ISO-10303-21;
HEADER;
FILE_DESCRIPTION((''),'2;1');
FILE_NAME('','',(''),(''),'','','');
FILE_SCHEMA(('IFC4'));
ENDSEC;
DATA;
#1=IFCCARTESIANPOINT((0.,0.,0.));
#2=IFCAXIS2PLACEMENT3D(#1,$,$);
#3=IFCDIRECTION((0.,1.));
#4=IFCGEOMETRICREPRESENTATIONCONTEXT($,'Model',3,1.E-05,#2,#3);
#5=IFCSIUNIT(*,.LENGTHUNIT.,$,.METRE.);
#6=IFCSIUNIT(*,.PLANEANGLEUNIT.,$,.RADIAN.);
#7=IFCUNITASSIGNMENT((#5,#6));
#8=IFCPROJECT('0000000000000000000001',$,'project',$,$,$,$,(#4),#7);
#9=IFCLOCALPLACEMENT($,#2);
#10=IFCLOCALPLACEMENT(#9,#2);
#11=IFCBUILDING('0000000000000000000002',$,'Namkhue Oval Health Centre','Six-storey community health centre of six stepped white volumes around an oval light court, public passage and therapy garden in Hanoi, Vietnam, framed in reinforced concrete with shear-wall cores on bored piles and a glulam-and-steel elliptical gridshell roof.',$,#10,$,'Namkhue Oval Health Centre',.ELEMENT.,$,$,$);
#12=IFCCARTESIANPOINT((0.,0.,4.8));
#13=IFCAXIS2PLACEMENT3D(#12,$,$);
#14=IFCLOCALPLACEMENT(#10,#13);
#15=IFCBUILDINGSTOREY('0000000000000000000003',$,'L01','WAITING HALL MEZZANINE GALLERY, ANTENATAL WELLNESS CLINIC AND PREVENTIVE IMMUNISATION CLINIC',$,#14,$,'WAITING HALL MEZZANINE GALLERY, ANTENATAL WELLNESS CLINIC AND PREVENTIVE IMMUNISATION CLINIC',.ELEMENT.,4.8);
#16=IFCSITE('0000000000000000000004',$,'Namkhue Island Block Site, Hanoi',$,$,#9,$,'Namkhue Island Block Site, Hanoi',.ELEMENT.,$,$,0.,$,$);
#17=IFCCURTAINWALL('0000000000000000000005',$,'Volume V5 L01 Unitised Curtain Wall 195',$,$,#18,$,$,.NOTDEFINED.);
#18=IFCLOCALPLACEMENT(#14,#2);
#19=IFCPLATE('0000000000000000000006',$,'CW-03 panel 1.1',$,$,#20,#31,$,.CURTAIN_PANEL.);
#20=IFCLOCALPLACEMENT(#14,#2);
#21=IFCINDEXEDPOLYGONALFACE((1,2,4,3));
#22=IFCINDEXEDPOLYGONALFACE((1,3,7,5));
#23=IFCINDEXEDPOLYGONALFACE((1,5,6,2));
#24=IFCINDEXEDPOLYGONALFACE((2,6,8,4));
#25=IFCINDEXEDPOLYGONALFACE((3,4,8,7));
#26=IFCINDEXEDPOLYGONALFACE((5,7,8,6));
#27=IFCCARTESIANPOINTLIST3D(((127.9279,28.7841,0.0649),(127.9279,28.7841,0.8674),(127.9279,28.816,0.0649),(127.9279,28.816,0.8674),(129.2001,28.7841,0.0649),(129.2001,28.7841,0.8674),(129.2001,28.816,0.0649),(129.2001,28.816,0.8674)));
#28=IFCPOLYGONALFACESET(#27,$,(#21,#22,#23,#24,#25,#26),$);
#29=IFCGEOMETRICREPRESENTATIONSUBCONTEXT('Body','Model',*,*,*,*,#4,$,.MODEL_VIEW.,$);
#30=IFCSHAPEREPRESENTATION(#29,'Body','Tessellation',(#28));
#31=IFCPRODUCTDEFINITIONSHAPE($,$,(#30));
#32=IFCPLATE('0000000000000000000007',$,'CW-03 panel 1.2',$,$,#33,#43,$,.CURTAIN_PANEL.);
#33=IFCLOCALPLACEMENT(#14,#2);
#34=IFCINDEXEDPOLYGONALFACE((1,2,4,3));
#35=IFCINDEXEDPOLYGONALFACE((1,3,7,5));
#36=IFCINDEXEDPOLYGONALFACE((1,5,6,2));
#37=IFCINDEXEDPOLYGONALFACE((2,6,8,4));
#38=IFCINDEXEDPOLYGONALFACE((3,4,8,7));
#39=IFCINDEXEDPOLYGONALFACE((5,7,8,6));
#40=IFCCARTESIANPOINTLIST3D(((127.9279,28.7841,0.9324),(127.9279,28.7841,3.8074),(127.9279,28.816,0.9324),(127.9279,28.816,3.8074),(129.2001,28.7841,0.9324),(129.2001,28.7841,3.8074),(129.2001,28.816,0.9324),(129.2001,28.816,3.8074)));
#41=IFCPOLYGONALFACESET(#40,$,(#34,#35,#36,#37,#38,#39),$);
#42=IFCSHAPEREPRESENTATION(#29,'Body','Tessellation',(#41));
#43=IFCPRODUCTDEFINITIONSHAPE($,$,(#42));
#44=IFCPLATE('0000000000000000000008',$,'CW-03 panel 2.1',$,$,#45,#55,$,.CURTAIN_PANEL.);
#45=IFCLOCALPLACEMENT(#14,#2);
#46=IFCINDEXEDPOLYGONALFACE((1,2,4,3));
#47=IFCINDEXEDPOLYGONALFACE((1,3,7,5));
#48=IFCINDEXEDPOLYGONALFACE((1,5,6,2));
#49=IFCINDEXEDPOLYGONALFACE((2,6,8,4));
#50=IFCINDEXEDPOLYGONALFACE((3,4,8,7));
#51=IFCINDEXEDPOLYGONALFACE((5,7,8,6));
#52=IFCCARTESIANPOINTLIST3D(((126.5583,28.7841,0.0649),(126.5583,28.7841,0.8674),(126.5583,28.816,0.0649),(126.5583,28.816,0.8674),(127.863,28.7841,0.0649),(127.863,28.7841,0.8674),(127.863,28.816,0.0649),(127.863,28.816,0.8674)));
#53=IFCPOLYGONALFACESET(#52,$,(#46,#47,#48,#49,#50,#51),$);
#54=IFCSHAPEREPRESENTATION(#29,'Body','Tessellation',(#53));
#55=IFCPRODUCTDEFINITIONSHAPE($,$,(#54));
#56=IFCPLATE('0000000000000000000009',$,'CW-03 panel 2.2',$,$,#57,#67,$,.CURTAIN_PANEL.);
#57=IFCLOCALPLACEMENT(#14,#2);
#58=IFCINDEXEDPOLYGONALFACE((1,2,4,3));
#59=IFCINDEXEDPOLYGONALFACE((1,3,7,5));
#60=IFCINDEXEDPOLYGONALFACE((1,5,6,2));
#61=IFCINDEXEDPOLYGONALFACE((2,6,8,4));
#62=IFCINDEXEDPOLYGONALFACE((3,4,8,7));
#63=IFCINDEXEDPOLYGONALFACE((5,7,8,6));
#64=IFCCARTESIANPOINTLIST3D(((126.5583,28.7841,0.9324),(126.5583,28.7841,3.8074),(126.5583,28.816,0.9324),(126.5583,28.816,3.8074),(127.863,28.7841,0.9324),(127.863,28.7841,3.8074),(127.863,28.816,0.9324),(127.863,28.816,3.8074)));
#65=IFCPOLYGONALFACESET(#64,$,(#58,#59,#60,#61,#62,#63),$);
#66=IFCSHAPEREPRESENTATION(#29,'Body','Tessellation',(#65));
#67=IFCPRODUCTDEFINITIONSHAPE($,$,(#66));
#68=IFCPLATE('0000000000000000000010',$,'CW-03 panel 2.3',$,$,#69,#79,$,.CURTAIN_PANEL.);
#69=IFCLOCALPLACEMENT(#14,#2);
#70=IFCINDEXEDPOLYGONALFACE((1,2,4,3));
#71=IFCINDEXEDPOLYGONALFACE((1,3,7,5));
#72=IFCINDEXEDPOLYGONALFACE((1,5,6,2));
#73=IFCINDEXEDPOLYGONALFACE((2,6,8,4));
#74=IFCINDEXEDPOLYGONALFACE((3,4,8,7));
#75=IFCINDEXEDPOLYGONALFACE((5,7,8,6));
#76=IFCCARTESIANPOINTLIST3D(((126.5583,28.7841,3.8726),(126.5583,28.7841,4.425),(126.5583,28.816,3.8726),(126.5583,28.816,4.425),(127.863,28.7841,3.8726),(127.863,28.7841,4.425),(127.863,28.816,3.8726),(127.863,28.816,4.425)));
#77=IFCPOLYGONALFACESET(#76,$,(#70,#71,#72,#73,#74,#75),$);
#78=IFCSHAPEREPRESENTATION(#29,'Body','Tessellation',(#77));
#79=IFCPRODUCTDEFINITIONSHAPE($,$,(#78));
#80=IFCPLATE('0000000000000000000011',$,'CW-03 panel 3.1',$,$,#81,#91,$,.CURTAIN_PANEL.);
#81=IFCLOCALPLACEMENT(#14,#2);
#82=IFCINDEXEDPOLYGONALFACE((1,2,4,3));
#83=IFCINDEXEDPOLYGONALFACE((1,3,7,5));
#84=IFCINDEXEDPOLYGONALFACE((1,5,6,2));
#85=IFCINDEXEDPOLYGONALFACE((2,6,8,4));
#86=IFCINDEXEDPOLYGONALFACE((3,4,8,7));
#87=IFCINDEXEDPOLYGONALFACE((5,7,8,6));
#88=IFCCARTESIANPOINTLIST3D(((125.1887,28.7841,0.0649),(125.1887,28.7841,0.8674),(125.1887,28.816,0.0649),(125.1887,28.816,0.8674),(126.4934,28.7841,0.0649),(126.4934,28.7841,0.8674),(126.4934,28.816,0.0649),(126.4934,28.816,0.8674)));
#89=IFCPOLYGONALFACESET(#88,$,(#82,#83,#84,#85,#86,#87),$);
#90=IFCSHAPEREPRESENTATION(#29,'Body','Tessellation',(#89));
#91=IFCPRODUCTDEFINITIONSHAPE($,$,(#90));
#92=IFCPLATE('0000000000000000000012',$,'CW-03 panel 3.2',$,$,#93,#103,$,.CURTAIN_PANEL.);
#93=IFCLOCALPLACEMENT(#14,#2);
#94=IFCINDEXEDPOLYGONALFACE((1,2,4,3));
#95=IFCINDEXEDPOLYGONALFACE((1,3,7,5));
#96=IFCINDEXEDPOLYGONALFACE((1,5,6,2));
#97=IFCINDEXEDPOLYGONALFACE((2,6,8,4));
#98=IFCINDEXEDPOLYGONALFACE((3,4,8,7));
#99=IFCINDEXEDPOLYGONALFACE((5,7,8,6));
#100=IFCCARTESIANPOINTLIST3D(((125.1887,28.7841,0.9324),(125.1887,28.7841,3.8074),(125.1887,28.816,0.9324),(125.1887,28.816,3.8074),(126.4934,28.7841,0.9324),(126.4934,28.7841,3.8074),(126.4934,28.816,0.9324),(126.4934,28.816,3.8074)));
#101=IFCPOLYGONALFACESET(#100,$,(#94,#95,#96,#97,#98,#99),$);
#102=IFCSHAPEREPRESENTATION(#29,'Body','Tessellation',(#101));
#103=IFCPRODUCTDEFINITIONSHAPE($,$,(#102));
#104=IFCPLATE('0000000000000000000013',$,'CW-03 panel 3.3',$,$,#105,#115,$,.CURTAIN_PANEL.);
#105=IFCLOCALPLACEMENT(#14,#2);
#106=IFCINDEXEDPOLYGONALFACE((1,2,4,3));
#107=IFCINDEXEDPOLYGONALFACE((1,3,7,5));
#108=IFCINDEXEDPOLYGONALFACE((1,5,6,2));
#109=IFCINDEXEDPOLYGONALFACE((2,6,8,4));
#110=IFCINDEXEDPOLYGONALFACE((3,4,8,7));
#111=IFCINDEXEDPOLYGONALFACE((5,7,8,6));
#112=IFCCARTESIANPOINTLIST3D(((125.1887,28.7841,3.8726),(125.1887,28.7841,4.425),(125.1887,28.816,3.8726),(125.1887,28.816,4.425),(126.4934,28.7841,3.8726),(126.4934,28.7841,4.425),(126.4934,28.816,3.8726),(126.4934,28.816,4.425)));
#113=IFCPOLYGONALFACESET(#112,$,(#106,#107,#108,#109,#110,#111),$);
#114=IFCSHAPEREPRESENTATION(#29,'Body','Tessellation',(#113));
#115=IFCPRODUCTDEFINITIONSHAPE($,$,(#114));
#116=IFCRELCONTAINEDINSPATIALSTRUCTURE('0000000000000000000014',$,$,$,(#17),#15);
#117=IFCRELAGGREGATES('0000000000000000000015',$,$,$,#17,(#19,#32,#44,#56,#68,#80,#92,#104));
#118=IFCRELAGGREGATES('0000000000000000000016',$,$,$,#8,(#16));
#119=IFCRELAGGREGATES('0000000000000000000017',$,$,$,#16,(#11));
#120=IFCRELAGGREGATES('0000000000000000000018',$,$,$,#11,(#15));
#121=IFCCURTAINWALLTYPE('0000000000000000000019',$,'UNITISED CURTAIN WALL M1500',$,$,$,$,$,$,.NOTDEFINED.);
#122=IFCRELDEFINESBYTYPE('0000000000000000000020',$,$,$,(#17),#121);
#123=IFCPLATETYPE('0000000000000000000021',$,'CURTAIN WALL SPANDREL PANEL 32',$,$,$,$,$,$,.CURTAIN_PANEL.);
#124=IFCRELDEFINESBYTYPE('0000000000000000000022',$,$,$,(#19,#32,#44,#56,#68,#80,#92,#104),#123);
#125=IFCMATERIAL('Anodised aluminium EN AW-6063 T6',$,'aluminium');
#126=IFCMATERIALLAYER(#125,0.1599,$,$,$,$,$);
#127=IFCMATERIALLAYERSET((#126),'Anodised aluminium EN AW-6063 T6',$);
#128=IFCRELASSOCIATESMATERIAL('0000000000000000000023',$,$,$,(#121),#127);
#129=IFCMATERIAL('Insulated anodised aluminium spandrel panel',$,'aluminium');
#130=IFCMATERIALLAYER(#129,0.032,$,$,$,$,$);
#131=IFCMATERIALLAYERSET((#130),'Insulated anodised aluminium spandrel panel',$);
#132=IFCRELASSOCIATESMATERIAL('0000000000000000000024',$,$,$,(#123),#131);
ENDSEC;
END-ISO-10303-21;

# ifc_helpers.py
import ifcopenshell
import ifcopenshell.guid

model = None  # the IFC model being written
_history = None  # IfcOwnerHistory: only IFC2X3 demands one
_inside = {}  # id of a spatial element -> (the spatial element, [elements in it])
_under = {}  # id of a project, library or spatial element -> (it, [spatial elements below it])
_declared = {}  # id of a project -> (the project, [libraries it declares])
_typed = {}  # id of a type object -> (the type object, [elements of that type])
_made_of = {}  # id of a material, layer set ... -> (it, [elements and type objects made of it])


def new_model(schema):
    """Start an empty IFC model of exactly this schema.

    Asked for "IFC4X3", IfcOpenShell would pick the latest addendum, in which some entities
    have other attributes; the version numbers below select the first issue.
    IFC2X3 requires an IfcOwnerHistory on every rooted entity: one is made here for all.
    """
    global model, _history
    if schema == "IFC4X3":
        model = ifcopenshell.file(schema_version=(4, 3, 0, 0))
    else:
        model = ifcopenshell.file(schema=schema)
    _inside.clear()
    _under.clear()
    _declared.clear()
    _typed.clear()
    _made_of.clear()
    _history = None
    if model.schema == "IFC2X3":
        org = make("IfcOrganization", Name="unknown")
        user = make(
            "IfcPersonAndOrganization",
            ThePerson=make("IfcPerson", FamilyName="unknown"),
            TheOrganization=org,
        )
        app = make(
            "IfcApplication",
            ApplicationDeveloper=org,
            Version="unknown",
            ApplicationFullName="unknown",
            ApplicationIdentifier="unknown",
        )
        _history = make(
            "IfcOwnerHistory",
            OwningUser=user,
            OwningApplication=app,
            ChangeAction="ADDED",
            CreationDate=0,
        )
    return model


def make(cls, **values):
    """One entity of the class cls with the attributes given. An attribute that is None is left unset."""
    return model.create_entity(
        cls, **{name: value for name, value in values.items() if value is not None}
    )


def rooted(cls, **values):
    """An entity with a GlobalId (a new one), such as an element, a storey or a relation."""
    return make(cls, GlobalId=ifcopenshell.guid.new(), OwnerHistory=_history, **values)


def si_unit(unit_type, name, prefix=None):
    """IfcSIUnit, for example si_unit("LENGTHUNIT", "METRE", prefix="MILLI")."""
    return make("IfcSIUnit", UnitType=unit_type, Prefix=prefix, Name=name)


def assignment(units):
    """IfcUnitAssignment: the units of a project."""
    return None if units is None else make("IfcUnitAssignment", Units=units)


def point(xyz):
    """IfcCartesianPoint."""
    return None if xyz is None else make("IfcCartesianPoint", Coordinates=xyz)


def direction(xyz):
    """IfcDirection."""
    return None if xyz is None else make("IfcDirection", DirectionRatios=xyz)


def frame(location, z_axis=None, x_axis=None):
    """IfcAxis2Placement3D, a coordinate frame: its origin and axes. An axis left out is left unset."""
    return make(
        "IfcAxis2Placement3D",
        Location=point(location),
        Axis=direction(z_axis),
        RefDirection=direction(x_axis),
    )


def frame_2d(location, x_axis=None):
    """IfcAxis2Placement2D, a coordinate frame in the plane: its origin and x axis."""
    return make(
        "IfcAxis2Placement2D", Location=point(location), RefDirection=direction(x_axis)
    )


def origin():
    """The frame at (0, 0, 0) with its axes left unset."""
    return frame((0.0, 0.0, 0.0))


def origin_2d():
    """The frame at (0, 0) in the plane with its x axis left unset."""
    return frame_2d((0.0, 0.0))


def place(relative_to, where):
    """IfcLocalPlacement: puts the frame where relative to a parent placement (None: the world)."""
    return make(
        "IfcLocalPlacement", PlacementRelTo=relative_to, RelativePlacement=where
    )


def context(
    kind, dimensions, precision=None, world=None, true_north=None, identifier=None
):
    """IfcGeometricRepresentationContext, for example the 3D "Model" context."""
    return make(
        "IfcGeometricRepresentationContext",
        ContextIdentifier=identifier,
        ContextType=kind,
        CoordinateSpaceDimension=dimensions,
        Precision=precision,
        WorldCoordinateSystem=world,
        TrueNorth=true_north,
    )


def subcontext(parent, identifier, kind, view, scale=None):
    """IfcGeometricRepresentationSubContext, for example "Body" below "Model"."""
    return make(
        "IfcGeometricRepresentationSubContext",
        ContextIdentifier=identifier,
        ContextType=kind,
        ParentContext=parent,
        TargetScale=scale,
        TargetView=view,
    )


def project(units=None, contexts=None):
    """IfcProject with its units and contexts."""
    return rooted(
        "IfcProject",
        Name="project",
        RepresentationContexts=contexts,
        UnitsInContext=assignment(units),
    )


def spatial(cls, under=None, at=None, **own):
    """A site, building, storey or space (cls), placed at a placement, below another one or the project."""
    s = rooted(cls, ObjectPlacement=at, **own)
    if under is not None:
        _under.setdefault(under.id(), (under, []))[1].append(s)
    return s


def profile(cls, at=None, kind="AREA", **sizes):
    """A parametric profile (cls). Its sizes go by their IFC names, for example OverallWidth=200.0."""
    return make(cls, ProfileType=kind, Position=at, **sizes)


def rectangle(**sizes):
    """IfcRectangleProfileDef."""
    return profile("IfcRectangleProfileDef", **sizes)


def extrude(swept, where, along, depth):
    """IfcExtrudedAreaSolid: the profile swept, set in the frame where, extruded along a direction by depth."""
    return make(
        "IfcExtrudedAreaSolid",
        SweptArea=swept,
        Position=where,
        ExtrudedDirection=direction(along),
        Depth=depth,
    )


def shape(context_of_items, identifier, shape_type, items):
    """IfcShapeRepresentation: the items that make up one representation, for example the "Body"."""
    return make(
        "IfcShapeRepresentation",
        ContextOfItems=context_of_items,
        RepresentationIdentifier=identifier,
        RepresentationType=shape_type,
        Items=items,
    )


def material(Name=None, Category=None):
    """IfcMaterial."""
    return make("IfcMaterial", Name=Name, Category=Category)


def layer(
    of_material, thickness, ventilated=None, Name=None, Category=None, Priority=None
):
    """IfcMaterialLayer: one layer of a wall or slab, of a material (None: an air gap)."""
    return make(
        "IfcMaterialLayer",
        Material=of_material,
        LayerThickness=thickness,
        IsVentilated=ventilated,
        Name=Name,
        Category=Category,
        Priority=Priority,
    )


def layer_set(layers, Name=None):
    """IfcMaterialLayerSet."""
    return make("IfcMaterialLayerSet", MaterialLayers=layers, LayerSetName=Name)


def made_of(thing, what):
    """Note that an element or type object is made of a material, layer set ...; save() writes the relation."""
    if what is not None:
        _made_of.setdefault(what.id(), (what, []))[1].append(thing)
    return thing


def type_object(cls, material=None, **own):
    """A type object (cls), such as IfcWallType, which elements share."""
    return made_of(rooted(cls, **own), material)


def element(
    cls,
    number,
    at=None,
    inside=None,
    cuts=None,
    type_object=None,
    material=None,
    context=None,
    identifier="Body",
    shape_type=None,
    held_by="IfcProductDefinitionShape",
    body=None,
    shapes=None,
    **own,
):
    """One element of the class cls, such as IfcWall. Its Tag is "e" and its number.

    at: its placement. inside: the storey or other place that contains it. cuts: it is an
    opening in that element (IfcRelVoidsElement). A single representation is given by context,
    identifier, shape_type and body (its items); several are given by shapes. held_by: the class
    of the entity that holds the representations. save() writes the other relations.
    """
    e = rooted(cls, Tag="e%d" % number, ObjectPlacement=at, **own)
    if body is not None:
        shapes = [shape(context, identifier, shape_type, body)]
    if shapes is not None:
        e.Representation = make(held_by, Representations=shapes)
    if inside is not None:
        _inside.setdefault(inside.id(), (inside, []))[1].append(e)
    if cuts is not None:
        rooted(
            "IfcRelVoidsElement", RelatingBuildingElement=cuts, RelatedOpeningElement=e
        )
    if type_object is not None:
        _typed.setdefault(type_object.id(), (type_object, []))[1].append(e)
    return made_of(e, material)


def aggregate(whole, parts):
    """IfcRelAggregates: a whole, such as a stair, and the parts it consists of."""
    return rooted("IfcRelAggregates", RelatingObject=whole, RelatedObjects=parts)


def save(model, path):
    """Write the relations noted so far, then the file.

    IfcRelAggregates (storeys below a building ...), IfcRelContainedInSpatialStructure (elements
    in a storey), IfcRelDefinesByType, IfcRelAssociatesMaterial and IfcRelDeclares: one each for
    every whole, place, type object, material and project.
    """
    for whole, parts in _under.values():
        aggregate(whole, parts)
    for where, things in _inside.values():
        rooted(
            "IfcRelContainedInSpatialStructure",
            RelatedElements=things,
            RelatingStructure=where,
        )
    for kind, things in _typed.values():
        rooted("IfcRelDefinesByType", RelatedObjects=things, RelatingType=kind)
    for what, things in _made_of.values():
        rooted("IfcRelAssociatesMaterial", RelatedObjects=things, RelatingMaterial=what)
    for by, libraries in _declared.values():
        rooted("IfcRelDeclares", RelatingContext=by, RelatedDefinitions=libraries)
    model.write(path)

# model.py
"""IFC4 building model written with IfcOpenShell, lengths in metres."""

from ifc_helpers import new_model, si_unit, direction, frame, origin, origin_2d, place, context, subcontext, project, spatial, rectangle, extrude, material, layer, layer_set, type_object, element, aggregate, save


model = new_model("IFC4")

# Units and contexts
model_context = context("Model", 3, precision=1e-05, world=origin(), true_north=direction((0.0, 1.0)))
body_context = subcontext(model_context, "Body", "Model", "MODEL_VIEW")
ifc_project = project(units=[si_unit("LENGTHUNIT", "METRE"), si_unit("PLANEANGLEUNIT", "RADIAN")], contexts=[model_context])

# Site, building, storey
site_placement = place(None, origin())
site = spatial("IfcSite", under=ifc_project, at=site_placement, Name="Namkhue Island Block Site, Hanoi", LongName="Namkhue Island Block Site, Hanoi", CompositionType="ELEMENT", RefElevation=0.0)
building_placement = place(site_placement, origin())
building = spatial("IfcBuilding", under=site, at=building_placement, Name="Namkhue Oval Health Centre", Description="Six-storey community health centre of six stepped white volumes around an oval light court, public passage and therapy garden in Hanoi, Vietnam, framed in reinforced concrete with shear-wall cores on bored piles and a glulam-and-steel elliptical gridshell roof.", LongName="Namkhue Oval Health Centre", CompositionType="ELEMENT")
storey_placement = place(building_placement, frame((0.0, 0.0, 4.8)))
storey = spatial("IfcBuildingStorey", under=building, at=storey_placement, Name="L01", Description="WAITING HALL MEZZANINE GALLERY, ANTENATAL WELLNESS CLINIC AND PREVENTIVE IMMUNISATION CLINIC", LongName="WAITING HALL MEZZANINE GALLERY, ANTENATAL WELLNESS CLINIC AND PREVENTIVE IMMUNISATION CLINIC", CompositionType="ELEMENT", Elevation=4.8)

# Curtain wall, plates
ifc_material_1 = material(Name="Anodised aluminium EN AW-6063 T6", Category="aluminium")
ifc_layer_1 = layer(ifc_material_1, 0.1599)
ifc_layer_set_1 = layer_set([ifc_layer_1], Name="Anodised aluminium EN AW-6063 T6")
curtain_wall_type = type_object("IfcCurtainWallType", Name="UNITISED CURTAIN WALL M1500", PredefinedType="NOTDEFINED", material=ifc_layer_set_1)
curtain_wall_placement = place(storey_placement, origin())
curtain_wall = element("IfcCurtainWall", 1, at=curtain_wall_placement, inside=storey, type_object=curtain_wall_type, Name="Volume V5 L01 Unitised Curtain Wall 195", PredefinedType="NOTDEFINED")
ifc_material_2 = material(Name="Insulated anodised aluminium spandrel panel", Category="aluminium")
ifc_layer_2 = layer(ifc_material_2, 0.032)
ifc_layer_set_2 = layer_set([ifc_layer_2], Name="Insulated anodised aluminium spandrel panel")
plate_type = type_object("IfcPlateType", Name="CURTAIN WALL SPANDREL PANEL 32", PredefinedType="CURTAIN_PANEL", material=ifc_layer_set_2)
plate_1_placement = place(storey_placement, frame((128.564, 28.8, 0.0649), z_axis=(0.0, 0.0, 1.0), x_axis=(-1.0, 0.0, 0.0)))
plate_1 = element("IfcPlate", 2, at=plate_1_placement, type_object=plate_type, Name="CW-03 panel 1.1", PredefinedType="CURTAIN_PANEL", context=body_context, shape_type="SweptSolid", body=[
    extrude(rectangle(XDim=1.2722, YDim=0.032, at=origin_2d()), origin(), (0.0, 0.0, 1.0), 0.8025),
])
plate_2_placement = place(storey_placement, frame((128.564, 28.8, 0.9324), z_axis=(0.0, 0.0, 1.0), x_axis=(-1.0, 0.0, 0.0)))
plate_2 = element("IfcPlate", 3, at=plate_2_placement, type_object=plate_type, Name="CW-03 panel 1.2", PredefinedType="CURTAIN_PANEL", context=body_context, shape_type="SweptSolid", body=[
    extrude(rectangle(XDim=1.2722, YDim=0.032, at=origin_2d()), origin(), (0.0, 0.0, 1.0), 2.875),
])
plate_3_placement = place(storey_placement, frame((127.2107, 28.8, 0.0649), z_axis=(0.0, 0.0, 1.0), x_axis=(-1.0, 0.0, 0.0)))
plate_3 = element("IfcPlate", 4, at=plate_3_placement, type_object=plate_type, Name="CW-03 panel 2.1", PredefinedType="CURTAIN_PANEL", context=body_context, shape_type="SweptSolid", body=[
    extrude(rectangle(XDim=1.3047, YDim=0.032, at=origin_2d()), origin(), (0.0, 0.0, 1.0), 0.8025),
])
plate_4_placement = place(storey_placement, frame((127.2107, 28.8, 0.9324), z_axis=(0.0, 0.0, 1.0), x_axis=(-1.0, 0.0, 0.0)))
plate_4 = element("IfcPlate", 5, at=plate_4_placement, type_object=plate_type, Name="CW-03 panel 2.2", PredefinedType="CURTAIN_PANEL", context=body_context, shape_type="SweptSolid", body=[
    extrude(rectangle(XDim=1.3047, YDim=0.032, at=origin_2d()), origin(), (0.0, 0.0, 1.0), 2.875),
])
plate_5_placement = place(storey_placement, frame((127.2107, 28.8, 3.8726), z_axis=(0.0, 0.0, 1.0), x_axis=(-1.0, 0.0, 0.0)))
plate_5 = element("IfcPlate", 6, at=plate_5_placement, type_object=plate_type, Name="CW-03 panel 2.3", PredefinedType="CURTAIN_PANEL", context=body_context, shape_type="SweptSolid", body=[
    extrude(rectangle(XDim=1.3047, YDim=0.032, at=origin_2d()), origin(), (0.0, 0.0, 1.0), 0.5525),
])
plate_6_placement = place(storey_placement, frame((125.8411, 28.8, 0.0649), z_axis=(0.0, 0.0, 1.0), x_axis=(-1.0, 0.0, 0.0)))
plate_6 = element("IfcPlate", 7, at=plate_6_placement, type_object=plate_type, Name="CW-03 panel 3.1", PredefinedType="CURTAIN_PANEL", context=body_context, shape_type="SweptSolid", body=[
    extrude(rectangle(XDim=1.3047, YDim=0.032, at=origin_2d()), origin(), (0.0, 0.0, 1.0), 0.8025),
])
plate_7_placement = place(storey_placement, frame((125.8411, 28.8, 0.9324), z_axis=(0.0, 0.0, 1.0), x_axis=(-1.0, 0.0, 0.0)))
plate_7 = element("IfcPlate", 8, at=plate_7_placement, type_object=plate_type, Name="CW-03 panel 3.2", PredefinedType="CURTAIN_PANEL", context=body_context, shape_type="SweptSolid", body=[
    extrude(rectangle(XDim=1.3047, YDim=0.032, at=origin_2d()), origin(), (0.0, 0.0, 1.0), 2.875),
])
plate_8_placement = place(storey_placement, frame((125.8411, 28.8, 3.8726), z_axis=(0.0, 0.0, 1.0), x_axis=(-1.0, 0.0, 0.0)))
plate_8 = element("IfcPlate", 9, at=plate_8_placement, type_object=plate_type, Name="CW-03 panel 3.3", PredefinedType="CURTAIN_PANEL", context=body_context, shape_type="SweptSolid", body=[
    extrude(rectangle(XDim=1.3047, YDim=0.032, at=origin_2d()), origin(), (0.0, 0.0, 1.0), 0.5525),
])
aggregate(curtain_wall, [plate_1, plate_2, plate_3, plate_4, plate_5, plate_6, plate_7, plate_8])

save(model, "model.ifc")
